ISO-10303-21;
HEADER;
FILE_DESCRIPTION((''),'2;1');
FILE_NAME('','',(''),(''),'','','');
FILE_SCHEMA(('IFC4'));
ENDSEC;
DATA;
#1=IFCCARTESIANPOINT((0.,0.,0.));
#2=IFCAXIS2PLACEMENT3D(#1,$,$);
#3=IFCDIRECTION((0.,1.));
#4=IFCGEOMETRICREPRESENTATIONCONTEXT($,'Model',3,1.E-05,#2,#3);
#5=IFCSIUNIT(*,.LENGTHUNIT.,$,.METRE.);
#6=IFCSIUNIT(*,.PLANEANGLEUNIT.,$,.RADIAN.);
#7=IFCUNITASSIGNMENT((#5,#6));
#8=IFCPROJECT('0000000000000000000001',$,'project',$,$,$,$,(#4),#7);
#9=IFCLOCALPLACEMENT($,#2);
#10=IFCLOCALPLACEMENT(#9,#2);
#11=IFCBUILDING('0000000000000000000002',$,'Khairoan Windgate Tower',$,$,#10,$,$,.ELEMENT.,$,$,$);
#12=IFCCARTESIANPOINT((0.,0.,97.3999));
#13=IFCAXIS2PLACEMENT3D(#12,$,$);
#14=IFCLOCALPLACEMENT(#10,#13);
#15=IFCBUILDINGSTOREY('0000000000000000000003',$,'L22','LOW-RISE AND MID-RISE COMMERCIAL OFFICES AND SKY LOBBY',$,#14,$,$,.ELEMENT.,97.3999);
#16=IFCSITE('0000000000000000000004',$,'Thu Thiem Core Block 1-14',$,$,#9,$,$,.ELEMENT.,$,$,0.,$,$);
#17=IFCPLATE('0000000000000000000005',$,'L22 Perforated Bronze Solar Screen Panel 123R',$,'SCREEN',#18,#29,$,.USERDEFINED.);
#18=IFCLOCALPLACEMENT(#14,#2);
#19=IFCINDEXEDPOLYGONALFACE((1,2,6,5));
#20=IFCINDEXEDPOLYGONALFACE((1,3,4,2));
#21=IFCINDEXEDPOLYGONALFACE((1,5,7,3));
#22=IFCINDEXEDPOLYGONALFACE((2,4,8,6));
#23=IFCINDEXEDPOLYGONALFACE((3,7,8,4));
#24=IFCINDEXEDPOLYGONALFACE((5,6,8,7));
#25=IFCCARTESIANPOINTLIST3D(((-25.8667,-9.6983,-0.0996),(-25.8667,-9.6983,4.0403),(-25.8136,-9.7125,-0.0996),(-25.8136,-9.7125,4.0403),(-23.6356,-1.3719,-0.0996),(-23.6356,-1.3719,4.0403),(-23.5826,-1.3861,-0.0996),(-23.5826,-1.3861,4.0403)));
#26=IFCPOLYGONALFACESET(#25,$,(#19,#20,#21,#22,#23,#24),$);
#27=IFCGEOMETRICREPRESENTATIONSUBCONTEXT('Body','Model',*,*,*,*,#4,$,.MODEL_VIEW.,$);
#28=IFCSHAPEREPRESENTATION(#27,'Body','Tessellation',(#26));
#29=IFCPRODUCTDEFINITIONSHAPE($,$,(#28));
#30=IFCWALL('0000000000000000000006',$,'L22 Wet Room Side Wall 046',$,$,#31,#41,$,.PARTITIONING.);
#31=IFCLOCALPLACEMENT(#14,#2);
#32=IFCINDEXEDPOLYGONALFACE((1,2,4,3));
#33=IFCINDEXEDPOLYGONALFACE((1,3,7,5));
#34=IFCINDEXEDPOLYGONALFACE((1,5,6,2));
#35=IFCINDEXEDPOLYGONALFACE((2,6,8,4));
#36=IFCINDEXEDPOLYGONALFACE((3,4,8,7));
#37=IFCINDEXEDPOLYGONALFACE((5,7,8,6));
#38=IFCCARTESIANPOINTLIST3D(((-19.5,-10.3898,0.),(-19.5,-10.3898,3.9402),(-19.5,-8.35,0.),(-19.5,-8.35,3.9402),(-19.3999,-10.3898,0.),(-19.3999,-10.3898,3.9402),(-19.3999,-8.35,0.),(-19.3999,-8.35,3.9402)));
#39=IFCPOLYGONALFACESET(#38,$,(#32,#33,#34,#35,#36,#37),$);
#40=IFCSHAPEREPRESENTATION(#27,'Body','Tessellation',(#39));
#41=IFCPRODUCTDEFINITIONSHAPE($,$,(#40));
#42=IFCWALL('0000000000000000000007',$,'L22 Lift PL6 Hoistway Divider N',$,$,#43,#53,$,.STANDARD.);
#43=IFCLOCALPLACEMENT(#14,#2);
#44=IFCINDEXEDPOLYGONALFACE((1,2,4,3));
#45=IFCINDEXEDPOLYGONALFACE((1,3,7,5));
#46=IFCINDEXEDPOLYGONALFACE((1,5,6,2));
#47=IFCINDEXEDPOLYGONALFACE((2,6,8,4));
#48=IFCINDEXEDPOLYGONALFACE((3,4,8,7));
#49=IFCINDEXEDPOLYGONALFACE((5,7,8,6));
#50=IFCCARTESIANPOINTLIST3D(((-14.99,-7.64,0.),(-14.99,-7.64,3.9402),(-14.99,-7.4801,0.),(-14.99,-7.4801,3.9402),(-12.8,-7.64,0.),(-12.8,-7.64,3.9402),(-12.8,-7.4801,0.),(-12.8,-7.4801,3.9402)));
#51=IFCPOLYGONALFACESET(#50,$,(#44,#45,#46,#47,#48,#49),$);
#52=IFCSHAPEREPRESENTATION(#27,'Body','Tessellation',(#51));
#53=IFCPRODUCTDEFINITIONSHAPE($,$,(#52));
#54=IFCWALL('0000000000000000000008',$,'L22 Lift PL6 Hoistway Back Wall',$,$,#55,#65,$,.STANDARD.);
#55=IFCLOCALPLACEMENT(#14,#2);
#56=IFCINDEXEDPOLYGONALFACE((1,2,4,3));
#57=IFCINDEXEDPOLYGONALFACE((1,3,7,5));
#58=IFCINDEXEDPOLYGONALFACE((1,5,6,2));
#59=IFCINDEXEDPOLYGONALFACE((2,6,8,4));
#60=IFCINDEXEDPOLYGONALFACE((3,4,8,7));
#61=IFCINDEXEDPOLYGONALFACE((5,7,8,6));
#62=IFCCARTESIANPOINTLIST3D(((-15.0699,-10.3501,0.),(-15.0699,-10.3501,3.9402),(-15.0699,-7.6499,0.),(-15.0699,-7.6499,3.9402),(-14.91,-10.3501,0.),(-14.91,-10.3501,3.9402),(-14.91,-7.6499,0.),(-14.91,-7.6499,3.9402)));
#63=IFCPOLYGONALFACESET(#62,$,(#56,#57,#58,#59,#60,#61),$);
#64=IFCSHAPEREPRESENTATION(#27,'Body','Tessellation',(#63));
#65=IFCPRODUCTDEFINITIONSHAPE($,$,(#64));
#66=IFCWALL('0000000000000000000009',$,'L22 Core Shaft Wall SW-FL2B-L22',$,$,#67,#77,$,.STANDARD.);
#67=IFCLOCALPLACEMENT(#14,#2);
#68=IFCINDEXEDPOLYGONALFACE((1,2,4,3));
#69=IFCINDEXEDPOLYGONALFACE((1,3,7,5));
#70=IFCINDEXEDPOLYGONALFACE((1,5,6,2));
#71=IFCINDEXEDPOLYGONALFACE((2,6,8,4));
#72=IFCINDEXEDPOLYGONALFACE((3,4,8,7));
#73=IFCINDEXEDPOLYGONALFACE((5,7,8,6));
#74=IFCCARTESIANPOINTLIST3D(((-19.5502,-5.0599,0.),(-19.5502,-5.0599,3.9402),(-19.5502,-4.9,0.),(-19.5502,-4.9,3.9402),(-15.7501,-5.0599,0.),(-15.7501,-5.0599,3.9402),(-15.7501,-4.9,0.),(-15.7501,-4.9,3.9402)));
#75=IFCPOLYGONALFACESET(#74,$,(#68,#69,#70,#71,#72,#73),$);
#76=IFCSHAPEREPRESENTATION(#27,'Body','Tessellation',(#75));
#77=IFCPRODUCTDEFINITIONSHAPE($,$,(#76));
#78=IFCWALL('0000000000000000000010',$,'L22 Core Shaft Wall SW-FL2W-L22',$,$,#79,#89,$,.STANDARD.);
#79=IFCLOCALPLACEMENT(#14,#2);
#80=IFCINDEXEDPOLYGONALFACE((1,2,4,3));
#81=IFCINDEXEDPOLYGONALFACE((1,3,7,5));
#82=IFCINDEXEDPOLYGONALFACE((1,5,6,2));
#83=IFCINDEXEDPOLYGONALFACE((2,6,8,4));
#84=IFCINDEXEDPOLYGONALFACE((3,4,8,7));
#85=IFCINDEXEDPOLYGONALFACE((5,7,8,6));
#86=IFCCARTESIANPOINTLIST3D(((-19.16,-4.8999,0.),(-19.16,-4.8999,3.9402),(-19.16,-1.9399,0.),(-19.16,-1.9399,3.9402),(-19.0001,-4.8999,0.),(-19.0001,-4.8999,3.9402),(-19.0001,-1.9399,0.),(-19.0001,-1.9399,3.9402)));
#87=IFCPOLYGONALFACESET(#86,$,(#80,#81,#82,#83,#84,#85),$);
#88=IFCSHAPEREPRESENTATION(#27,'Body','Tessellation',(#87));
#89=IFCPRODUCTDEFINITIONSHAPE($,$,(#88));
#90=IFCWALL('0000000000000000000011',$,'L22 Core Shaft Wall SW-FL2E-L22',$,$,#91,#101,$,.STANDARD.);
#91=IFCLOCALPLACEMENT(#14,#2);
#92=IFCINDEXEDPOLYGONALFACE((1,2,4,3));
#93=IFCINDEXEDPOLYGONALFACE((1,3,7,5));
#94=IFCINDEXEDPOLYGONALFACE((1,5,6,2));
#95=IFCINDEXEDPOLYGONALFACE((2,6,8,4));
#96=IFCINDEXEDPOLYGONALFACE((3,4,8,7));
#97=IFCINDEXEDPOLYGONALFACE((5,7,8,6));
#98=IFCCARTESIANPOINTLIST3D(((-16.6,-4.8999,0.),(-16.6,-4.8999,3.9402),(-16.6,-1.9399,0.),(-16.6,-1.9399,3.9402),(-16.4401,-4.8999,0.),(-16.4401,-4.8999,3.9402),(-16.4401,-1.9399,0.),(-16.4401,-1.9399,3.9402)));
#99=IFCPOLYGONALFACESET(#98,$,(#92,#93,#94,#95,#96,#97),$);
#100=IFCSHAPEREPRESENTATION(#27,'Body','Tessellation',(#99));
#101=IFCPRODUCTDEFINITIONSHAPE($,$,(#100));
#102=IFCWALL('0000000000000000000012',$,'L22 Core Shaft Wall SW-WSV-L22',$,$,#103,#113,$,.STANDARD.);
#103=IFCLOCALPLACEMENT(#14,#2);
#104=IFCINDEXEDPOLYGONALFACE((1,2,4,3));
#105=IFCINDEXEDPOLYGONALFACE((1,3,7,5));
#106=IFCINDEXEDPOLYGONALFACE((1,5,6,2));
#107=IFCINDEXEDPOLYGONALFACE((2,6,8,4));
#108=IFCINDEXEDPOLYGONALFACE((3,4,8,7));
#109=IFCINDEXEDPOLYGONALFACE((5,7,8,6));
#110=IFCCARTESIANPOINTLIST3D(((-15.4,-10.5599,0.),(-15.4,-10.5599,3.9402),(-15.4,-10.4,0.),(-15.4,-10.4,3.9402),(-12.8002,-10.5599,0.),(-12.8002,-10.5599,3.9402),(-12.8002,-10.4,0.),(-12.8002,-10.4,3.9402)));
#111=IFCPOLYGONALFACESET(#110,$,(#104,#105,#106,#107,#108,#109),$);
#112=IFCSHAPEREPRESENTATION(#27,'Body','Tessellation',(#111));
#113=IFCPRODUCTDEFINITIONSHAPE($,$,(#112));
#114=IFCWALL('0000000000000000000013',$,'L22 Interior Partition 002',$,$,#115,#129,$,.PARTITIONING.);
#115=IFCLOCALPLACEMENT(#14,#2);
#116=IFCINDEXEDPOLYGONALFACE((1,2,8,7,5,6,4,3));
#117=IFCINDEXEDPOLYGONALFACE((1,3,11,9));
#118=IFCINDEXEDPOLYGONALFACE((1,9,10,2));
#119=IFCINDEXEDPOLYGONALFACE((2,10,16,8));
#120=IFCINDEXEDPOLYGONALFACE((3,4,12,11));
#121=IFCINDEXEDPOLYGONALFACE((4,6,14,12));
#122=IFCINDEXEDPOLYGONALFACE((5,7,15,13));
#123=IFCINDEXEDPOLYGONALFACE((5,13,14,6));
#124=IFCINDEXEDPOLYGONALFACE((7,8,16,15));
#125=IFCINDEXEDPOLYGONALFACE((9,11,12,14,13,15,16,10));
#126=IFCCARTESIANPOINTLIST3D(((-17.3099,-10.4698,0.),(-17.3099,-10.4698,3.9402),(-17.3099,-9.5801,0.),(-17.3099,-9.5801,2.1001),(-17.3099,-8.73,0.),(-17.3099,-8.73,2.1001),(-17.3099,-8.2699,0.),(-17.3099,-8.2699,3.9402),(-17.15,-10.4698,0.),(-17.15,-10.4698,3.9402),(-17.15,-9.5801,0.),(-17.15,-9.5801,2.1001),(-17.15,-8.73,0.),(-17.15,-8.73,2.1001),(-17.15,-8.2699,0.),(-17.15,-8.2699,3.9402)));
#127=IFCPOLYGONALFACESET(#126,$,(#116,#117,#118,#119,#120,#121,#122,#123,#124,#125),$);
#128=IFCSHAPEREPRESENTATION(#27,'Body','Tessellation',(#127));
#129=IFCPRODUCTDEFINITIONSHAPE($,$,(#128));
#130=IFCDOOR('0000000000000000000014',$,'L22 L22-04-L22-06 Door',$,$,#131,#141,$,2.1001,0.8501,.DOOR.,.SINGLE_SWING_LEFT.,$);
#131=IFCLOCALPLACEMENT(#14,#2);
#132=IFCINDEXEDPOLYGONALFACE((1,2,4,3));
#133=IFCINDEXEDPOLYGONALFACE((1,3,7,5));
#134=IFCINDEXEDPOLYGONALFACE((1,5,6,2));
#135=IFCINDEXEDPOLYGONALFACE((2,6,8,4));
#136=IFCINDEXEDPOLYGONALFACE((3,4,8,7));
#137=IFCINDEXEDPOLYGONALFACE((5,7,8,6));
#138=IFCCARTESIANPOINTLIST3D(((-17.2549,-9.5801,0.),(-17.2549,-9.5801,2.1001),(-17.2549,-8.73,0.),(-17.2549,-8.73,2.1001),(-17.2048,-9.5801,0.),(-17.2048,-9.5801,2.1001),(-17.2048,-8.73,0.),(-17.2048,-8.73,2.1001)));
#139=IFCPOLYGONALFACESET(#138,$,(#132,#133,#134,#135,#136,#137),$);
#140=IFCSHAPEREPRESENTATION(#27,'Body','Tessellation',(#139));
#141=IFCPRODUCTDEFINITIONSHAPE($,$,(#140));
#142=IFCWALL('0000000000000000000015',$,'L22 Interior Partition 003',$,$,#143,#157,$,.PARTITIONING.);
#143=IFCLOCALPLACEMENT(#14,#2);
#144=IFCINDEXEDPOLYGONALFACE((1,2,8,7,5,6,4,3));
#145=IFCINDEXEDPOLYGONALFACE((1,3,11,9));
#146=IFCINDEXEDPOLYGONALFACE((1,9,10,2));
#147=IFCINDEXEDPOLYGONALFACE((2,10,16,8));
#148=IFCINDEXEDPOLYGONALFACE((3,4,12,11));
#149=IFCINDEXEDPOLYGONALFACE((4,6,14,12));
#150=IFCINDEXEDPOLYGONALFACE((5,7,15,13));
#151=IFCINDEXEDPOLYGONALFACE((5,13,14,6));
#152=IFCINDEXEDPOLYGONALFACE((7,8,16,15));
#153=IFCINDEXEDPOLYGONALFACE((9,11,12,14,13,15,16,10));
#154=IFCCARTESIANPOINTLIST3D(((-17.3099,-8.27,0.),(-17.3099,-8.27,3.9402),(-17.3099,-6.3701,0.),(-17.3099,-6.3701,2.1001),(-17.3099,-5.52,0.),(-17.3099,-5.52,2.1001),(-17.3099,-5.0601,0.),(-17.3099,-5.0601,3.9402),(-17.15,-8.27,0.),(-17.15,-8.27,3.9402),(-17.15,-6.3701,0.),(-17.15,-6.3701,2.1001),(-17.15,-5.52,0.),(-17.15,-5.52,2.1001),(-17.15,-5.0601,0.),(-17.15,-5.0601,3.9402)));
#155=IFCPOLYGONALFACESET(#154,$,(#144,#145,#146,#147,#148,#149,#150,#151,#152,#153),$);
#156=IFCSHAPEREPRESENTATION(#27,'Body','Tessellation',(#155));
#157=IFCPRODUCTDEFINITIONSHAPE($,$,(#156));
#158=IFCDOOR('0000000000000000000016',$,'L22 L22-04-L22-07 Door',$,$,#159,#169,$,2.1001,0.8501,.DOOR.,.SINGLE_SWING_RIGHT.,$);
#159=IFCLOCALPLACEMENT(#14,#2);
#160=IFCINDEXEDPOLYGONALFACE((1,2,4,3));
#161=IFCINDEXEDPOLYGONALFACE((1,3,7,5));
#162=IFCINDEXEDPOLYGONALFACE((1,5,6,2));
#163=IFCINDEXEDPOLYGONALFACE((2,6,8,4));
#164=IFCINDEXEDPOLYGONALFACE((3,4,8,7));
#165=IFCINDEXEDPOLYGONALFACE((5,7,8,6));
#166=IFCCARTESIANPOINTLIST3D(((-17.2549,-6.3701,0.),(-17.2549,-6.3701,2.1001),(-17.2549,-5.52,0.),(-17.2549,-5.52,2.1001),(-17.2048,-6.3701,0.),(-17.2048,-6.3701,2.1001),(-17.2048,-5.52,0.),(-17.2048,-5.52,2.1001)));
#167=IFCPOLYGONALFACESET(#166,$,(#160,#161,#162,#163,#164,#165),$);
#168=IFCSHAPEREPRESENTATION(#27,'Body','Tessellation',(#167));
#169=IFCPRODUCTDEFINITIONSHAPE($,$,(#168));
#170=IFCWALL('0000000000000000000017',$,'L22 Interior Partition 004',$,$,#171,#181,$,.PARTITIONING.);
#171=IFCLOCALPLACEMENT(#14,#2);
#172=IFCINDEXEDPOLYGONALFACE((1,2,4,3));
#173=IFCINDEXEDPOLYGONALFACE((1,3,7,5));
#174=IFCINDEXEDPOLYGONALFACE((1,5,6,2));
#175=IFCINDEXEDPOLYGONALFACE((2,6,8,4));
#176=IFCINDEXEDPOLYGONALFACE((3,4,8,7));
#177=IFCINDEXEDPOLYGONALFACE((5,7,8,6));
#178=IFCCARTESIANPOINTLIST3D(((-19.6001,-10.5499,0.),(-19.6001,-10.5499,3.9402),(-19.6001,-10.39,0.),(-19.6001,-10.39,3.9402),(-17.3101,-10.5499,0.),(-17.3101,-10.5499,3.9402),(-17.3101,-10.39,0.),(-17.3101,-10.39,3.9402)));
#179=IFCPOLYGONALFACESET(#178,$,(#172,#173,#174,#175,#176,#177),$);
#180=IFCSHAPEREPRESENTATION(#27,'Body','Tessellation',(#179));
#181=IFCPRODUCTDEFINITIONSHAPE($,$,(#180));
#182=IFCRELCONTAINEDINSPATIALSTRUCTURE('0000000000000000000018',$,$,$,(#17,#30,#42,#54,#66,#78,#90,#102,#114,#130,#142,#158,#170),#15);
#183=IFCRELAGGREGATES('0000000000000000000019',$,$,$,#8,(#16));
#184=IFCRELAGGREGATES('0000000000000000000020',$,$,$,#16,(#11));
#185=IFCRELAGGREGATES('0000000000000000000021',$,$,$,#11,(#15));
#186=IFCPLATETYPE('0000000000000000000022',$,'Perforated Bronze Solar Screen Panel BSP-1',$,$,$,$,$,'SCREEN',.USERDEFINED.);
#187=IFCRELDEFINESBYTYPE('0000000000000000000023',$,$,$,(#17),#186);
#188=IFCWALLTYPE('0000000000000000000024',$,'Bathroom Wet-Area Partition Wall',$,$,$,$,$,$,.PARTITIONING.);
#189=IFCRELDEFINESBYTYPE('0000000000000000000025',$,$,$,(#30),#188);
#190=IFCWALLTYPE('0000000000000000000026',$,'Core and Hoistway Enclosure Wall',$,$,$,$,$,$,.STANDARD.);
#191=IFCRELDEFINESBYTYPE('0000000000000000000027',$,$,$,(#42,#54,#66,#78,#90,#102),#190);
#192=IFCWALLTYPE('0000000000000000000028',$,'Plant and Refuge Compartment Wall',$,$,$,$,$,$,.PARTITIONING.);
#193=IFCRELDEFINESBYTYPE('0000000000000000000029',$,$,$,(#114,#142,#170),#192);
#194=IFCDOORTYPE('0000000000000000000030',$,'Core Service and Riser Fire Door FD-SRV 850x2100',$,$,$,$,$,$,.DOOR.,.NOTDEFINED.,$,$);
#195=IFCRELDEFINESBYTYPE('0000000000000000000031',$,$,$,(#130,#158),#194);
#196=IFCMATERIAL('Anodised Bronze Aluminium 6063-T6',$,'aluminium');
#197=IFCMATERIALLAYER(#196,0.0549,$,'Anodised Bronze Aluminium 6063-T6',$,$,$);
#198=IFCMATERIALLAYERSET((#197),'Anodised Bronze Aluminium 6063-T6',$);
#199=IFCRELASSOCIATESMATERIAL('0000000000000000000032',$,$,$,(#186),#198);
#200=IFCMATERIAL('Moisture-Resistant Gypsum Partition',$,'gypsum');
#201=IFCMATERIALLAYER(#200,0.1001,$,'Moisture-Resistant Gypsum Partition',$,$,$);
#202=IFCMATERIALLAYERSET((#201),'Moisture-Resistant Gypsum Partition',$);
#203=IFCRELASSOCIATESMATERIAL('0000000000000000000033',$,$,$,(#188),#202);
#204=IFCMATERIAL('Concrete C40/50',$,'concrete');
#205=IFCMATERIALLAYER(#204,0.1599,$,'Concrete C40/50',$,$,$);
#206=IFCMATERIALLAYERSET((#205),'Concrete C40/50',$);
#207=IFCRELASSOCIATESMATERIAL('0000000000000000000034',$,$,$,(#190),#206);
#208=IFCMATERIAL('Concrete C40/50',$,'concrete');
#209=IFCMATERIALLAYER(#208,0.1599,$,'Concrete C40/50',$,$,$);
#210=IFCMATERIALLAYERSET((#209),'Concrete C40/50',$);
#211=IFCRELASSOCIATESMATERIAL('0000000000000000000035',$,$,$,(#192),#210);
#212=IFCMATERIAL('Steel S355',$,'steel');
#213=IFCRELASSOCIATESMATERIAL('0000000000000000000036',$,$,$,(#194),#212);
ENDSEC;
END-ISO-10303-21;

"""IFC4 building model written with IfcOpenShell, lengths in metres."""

from ifc_helpers import new_model, si_unit, direction, frame, frame_2d, origin, origin_2d, place, context, subcontext, project, spatial, rectangle, extrude, material, layer, layer_set, type_object, element, fill, save


model = new_model("IFC4")

# Units and contexts
model_context = context("Model", 3, precision=1e-05, world=origin(), true_north=direction((0.0, 1.0)))
body_context = subcontext(model_context, "Body", "Model", "MODEL_VIEW")
ifc_project = project(units=[si_unit("LENGTHUNIT", "METRE"), si_unit("PLANEANGLEUNIT", "RADIAN")], contexts=[model_context])

# Site, building, storey
site_placement = place(None, origin())
site = spatial("IfcSite", under=ifc_project, at=site_placement, Name="Thu Thiem Core Block 1-14", CompositionType="ELEMENT", RefElevation=0.0)
building_placement = place(site_placement, origin())
building = spatial("IfcBuilding", under=site, at=building_placement, Name="Khairoan Windgate Tower", CompositionType="ELEMENT")
storey_placement = place(building_placement, frame((0.0, 0.0, 97.3999)))
storey = spatial("IfcBuildingStorey", under=building, at=storey_placement, Name="L22", Description="LOW-RISE AND MID-RISE COMMERCIAL OFFICES AND SKY LOBBY", CompositionType="ELEMENT", Elevation=97.3999)

# Plate
ifc_material_1 = material(Name="Anodised Bronze Aluminium 6063-T6", Category="aluminium")
ifc_layer_1 = layer(ifc_material_1, 0.0549, Name="Anodised Bronze Aluminium 6063-T6")
ifc_layer_set_1 = layer_set([ifc_layer_1], Name="Anodised Bronze Aluminium 6063-T6")
plate_type_1 = type_object("IfcPlateType", Name="Perforated Bronze Solar Screen Panel BSP-1", ElementType="SCREEN", PredefinedType="USERDEFINED", material=ifc_layer_set_1)
plate_1_placement = place(storey_placement, frame((-24.7246, -5.5422, -0.0996), z_axis=(0.0, 0.0, 1.0), x_axis=(0.258819, 0.965926, 0.0)))
element("IfcPlate", 1, at=plate_1_placement, inside=storey, type_object=plate_type_1, Name="L22 Perforated Bronze Solar Screen Panel 123R", ObjectType="SCREEN", PredefinedType="USERDEFINED", context=body_context, shape_type="SweptSolid", body=[
    extrude(rectangle(XDim=8.6201, YDim=0.0549, at=origin_2d()), origin(), (0.0, 0.0, 1.0), 4.1399),
])

# Walls
ifc_material_2 = material(Name="Moisture-Resistant Gypsum Partition", Category="gypsum")
ifc_layer_2 = layer(ifc_material_2, 0.1001, Name="Moisture-Resistant Gypsum Partition")
ifc_layer_set_2 = layer_set([ifc_layer_2], Name="Moisture-Resistant Gypsum Partition")
wall_type_1 = type_object("IfcWallType", Name="Bathroom Wet-Area Partition Wall", PredefinedType="PARTITIONING", material=ifc_layer_set_2)
wall_1_placement = place(storey_placement, frame((-19.45, -10.3899, 0.0), z_axis=(0.0, 0.0, 1.0), x_axis=(0.0, 1.0, 0.0)))
element("IfcWall", 2, at=wall_1_placement, inside=storey, type_object=wall_type_1, Name="L22 Wet Room Side Wall 046", PredefinedType="PARTITIONING", context=body_context, shape_type="SweptSolid", body=[
    extrude(rectangle(XDim=2.0398, YDim=0.1001, at=frame_2d((1.02, 0.0))), origin(), (0.0, 0.0, 1.0), 3.9402),
])
ifc_material_3 = material(Name="Concrete C40/50", Category="concrete")
ifc_layer_3 = layer(ifc_material_3, 0.1599, Name="Concrete C40/50")
ifc_layer_set_3 = layer_set([ifc_layer_3], Name="Concrete C40/50")
wall_type_2 = type_object("IfcWallType", Name="Core and Hoistway Enclosure Wall", PredefinedType="STANDARD", material=ifc_layer_set_3)
wall_2_placement = place(storey_placement, frame((-14.99, -7.5601, 0.0), z_axis=(0.0, 0.0, 1.0), x_axis=(1.0, 0.0, 0.0)))
element("IfcWall", 3, at=wall_2_placement, inside=storey, type_object=wall_type_2, Name="L22 Lift PL6 Hoistway Divider N", PredefinedType="STANDARD", context=body_context, shape_type="SweptSolid", body=[
    extrude(rectangle(XDim=2.1899, YDim=0.1599, at=frame_2d((1.095, 0.0))), origin(), (0.0, 0.0, 1.0), 3.9402),
])
wall_3_placement = place(storey_placement, frame((-14.99, -10.3501, 0.0), z_axis=(0.0, 0.0, 1.0), x_axis=(0.0, 1.0, 0.0)))
element("IfcWall", 4, at=wall_3_placement, inside=storey, type_object=wall_type_2, Name="L22 Lift PL6 Hoistway Back Wall", PredefinedType="STANDARD", context=body_context, shape_type="SweptSolid", body=[
    extrude(rectangle(XDim=2.7002, YDim=0.1599, at=frame_2d((1.3501, 0.0))), origin(), (0.0, 0.0, 1.0), 3.9402),
])
wall_4_placement = place(storey_placement, frame((-19.55, -4.98, 0.0), z_axis=(0.0, 0.0, 1.0), x_axis=(1.0, 0.0, 0.0)))
element("IfcWall", 5, at=wall_4_placement, inside=storey, type_object=wall_type_2, Name="L22 Core Shaft Wall SW-FL2B-L22", PredefinedType="STANDARD", context=body_context, shape_type="SweptSolid", body=[
    extrude(rectangle(XDim=3.8, YDim=0.1599, at=frame_2d((1.8999, 0.0))), origin(), (0.0, 0.0, 1.0), 3.9402),
])
for number, where, z_axis, x_axis, name in (
    (6, (-19.0801, -4.8999, 0.0), (0.0, 0.0, 1.0), (0.0, 1.0, 0.0), "L22 Core Shaft Wall SW-FL2W-L22"),
    (7, (-16.52, -4.8999, 0.0), (0.0, 0.0, 1.0), (0.0, 1.0, 0.0), "L22 Core Shaft Wall SW-FL2E-L22"),
):
    element("IfcWall", number, at=place(storey_placement, frame(where, z_axis=z_axis, x_axis=x_axis)), inside=storey, type_object=wall_type_2, Name=name, PredefinedType="STANDARD", context=body_context, shape_type="SweptSolid", body=[
        extrude(rectangle(XDim=2.96, YDim=0.1599, at=frame_2d((1.48, 0.0))), origin(), (0.0, 0.0, 1.0), 3.9402),
    ])
wall_5_placement = place(storey_placement, frame((-15.3999, -10.48, 0.0), z_axis=(0.0, 0.0, 1.0), x_axis=(1.0, 0.0, 0.0)))
element("IfcWall", 8, at=wall_5_placement, inside=storey, type_object=wall_type_2, Name="L22 Core Shaft Wall SW-WSV-L22", PredefinedType="STANDARD", context=body_context, shape_type="SweptSolid", body=[
    extrude(rectangle(XDim=2.5999, YDim=0.1599, at=frame_2d((1.2998, 0.0))), origin(), (0.0, 0.0, 1.0), 3.9402),
])

# Walls, openings, doors
ifc_material_4 = material(Name="Concrete C40/50", Category="concrete")
ifc_layer_4 = layer(ifc_material_4, 0.1599, Name="Concrete C40/50")
ifc_layer_set_4 = layer_set([ifc_layer_4], Name="Concrete C40/50")
wall_type_3 = type_object("IfcWallType", Name="Plant and Refuge Compartment Wall", PredefinedType="PARTITIONING", material=ifc_layer_set_4)
wall_6_placement = place(storey_placement, frame((-17.23, -10.47, 0.0), z_axis=(0.0, 0.0, 1.0), x_axis=(0.0, 1.0, 0.0)))
wall_6 = element("IfcWall", 9, at=wall_6_placement, inside=storey, type_object=wall_type_3, Name="L22 Interior Partition 002", PredefinedType="PARTITIONING", context=body_context, shape_type="SweptSolid", body=[
    extrude(rectangle(XDim=2.2, YDim=0.1599, at=frame_2d((1.1001, 0.0))), origin(), (0.0, 0.0, 1.0), 3.9402),
])
opening_1_placement = place(wall_6_placement, frame((0.8899, 0.0, 0.0)))
opening_1 = element("IfcOpeningElement", 10, at=opening_1_placement, cuts=wall_6, PredefinedType="OPENING", context=body_context, shape_type="SweptSolid", body=[
    extrude(rectangle(XDim=0.8501, YDim=2.1001, at=frame_2d((0.425, 1.05))), frame((0.0, 0.0898, 0.0), z_axis=(0.0, -1.0, 0.0), x_axis=(1.0, 0.0, 0.0)), (0.0, 0.0, 1.0), 0.1799),
])
ifc_material_5 = material(Name="Steel S355", Category="steel")
door_type = type_object("IfcDoorType", Name="Core Service and Riser Fire Door FD-SRV 850x2100", OperationType="NOTDEFINED", PredefinedType="DOOR", material=ifc_material_5)
door_1_placement = place(opening_1_placement, origin())
door_1 = element("IfcDoor", 11, at=door_1_placement, inside=storey, type_object=door_type, Name="L22 L22-04-L22-06 Door", OperationType="SINGLE_SWING_LEFT", OverallHeight=2.1001, OverallWidth=0.8501, PredefinedType="DOOR", context=body_context, shape_type="SweptSolid", body=[
    extrude(rectangle(XDim=0.8501, YDim=2.1001, at=frame_2d((0.425, 1.05))), frame((0.0, 0.0249, 0.0), z_axis=(0.0, -1.0, 0.0), x_axis=(1.0, 0.0, 0.0)), (0.0, 0.0, 1.0), 0.05),
])
fill(opening_1, door_1)
wall_7_placement = place(storey_placement, frame((-17.23, -8.27, 0.0), z_axis=(0.0, 0.0, 1.0), x_axis=(0.0, 1.0, 0.0)))
wall_7 = element("IfcWall", 12, at=wall_7_placement, inside=storey, type_object=wall_type_3, Name="L22 Interior Partition 003", PredefinedType="PARTITIONING", context=body_context, shape_type="SweptSolid", body=[
    extrude(rectangle(XDim=3.21, YDim=0.1599, at=frame_2d((1.605, 0.0))), origin(), (0.0, 0.0, 1.0), 3.9402),
])
opening_2_placement = place(wall_7_placement, frame((1.8999, 0.0, 0.0)))
opening_2 = element("IfcOpeningElement", 13, at=opening_2_placement, cuts=wall_7, PredefinedType="OPENING", context=body_context, shape_type="SweptSolid", body=[
    extrude(rectangle(XDim=0.8501, YDim=2.1001, at=frame_2d((0.425, 1.05))), frame((0.0, 0.0898, 0.0), z_axis=(0.0, -1.0, 0.0), x_axis=(1.0, 0.0, 0.0)), (0.0, 0.0, 1.0), 0.1799),
])
door_2_placement = place(opening_2_placement, origin())
door_2 = element("IfcDoor", 14, at=door_2_placement, inside=storey, type_object=door_type, Name="L22 L22-04-L22-07 Door", OperationType="SINGLE_SWING_RIGHT", OverallHeight=2.1001, OverallWidth=0.8501, PredefinedType="DOOR", context=body_context, shape_type="SweptSolid", body=[
    extrude(rectangle(XDim=0.8501, YDim=2.1001, at=frame_2d((0.425, 1.05))), frame((0.0, 0.0249, 0.0), z_axis=(0.0, -1.0, 0.0), x_axis=(1.0, 0.0, 0.0)), (0.0, 0.0, 1.0), 0.05),
])
fill(opening_2, door_2)

# Wall
for number, where, z_axis, x_axis, name in (
    (15, (-19.6001, -10.47, 0.0), (0.0, 0.0, 1.0), (1.0, 0.0, 0.0), "L22 Interior Partition 004"),
):
    element("IfcWall", number, at=place(storey_placement, frame(where, z_axis=z_axis, x_axis=x_axis)), inside=storey, type_object=wall_type_3, Name=name, PredefinedType="PARTITIONING", context=body_context, shape_type="SweptSolid", body=[
        extrude(rectangle(XDim=2.29, YDim=0.1599, at=frame_2d((1.145, 0.0))), origin(), (0.0, 0.0, 1.0), 3.9402),
    ])

save(model, "model.ifc")
